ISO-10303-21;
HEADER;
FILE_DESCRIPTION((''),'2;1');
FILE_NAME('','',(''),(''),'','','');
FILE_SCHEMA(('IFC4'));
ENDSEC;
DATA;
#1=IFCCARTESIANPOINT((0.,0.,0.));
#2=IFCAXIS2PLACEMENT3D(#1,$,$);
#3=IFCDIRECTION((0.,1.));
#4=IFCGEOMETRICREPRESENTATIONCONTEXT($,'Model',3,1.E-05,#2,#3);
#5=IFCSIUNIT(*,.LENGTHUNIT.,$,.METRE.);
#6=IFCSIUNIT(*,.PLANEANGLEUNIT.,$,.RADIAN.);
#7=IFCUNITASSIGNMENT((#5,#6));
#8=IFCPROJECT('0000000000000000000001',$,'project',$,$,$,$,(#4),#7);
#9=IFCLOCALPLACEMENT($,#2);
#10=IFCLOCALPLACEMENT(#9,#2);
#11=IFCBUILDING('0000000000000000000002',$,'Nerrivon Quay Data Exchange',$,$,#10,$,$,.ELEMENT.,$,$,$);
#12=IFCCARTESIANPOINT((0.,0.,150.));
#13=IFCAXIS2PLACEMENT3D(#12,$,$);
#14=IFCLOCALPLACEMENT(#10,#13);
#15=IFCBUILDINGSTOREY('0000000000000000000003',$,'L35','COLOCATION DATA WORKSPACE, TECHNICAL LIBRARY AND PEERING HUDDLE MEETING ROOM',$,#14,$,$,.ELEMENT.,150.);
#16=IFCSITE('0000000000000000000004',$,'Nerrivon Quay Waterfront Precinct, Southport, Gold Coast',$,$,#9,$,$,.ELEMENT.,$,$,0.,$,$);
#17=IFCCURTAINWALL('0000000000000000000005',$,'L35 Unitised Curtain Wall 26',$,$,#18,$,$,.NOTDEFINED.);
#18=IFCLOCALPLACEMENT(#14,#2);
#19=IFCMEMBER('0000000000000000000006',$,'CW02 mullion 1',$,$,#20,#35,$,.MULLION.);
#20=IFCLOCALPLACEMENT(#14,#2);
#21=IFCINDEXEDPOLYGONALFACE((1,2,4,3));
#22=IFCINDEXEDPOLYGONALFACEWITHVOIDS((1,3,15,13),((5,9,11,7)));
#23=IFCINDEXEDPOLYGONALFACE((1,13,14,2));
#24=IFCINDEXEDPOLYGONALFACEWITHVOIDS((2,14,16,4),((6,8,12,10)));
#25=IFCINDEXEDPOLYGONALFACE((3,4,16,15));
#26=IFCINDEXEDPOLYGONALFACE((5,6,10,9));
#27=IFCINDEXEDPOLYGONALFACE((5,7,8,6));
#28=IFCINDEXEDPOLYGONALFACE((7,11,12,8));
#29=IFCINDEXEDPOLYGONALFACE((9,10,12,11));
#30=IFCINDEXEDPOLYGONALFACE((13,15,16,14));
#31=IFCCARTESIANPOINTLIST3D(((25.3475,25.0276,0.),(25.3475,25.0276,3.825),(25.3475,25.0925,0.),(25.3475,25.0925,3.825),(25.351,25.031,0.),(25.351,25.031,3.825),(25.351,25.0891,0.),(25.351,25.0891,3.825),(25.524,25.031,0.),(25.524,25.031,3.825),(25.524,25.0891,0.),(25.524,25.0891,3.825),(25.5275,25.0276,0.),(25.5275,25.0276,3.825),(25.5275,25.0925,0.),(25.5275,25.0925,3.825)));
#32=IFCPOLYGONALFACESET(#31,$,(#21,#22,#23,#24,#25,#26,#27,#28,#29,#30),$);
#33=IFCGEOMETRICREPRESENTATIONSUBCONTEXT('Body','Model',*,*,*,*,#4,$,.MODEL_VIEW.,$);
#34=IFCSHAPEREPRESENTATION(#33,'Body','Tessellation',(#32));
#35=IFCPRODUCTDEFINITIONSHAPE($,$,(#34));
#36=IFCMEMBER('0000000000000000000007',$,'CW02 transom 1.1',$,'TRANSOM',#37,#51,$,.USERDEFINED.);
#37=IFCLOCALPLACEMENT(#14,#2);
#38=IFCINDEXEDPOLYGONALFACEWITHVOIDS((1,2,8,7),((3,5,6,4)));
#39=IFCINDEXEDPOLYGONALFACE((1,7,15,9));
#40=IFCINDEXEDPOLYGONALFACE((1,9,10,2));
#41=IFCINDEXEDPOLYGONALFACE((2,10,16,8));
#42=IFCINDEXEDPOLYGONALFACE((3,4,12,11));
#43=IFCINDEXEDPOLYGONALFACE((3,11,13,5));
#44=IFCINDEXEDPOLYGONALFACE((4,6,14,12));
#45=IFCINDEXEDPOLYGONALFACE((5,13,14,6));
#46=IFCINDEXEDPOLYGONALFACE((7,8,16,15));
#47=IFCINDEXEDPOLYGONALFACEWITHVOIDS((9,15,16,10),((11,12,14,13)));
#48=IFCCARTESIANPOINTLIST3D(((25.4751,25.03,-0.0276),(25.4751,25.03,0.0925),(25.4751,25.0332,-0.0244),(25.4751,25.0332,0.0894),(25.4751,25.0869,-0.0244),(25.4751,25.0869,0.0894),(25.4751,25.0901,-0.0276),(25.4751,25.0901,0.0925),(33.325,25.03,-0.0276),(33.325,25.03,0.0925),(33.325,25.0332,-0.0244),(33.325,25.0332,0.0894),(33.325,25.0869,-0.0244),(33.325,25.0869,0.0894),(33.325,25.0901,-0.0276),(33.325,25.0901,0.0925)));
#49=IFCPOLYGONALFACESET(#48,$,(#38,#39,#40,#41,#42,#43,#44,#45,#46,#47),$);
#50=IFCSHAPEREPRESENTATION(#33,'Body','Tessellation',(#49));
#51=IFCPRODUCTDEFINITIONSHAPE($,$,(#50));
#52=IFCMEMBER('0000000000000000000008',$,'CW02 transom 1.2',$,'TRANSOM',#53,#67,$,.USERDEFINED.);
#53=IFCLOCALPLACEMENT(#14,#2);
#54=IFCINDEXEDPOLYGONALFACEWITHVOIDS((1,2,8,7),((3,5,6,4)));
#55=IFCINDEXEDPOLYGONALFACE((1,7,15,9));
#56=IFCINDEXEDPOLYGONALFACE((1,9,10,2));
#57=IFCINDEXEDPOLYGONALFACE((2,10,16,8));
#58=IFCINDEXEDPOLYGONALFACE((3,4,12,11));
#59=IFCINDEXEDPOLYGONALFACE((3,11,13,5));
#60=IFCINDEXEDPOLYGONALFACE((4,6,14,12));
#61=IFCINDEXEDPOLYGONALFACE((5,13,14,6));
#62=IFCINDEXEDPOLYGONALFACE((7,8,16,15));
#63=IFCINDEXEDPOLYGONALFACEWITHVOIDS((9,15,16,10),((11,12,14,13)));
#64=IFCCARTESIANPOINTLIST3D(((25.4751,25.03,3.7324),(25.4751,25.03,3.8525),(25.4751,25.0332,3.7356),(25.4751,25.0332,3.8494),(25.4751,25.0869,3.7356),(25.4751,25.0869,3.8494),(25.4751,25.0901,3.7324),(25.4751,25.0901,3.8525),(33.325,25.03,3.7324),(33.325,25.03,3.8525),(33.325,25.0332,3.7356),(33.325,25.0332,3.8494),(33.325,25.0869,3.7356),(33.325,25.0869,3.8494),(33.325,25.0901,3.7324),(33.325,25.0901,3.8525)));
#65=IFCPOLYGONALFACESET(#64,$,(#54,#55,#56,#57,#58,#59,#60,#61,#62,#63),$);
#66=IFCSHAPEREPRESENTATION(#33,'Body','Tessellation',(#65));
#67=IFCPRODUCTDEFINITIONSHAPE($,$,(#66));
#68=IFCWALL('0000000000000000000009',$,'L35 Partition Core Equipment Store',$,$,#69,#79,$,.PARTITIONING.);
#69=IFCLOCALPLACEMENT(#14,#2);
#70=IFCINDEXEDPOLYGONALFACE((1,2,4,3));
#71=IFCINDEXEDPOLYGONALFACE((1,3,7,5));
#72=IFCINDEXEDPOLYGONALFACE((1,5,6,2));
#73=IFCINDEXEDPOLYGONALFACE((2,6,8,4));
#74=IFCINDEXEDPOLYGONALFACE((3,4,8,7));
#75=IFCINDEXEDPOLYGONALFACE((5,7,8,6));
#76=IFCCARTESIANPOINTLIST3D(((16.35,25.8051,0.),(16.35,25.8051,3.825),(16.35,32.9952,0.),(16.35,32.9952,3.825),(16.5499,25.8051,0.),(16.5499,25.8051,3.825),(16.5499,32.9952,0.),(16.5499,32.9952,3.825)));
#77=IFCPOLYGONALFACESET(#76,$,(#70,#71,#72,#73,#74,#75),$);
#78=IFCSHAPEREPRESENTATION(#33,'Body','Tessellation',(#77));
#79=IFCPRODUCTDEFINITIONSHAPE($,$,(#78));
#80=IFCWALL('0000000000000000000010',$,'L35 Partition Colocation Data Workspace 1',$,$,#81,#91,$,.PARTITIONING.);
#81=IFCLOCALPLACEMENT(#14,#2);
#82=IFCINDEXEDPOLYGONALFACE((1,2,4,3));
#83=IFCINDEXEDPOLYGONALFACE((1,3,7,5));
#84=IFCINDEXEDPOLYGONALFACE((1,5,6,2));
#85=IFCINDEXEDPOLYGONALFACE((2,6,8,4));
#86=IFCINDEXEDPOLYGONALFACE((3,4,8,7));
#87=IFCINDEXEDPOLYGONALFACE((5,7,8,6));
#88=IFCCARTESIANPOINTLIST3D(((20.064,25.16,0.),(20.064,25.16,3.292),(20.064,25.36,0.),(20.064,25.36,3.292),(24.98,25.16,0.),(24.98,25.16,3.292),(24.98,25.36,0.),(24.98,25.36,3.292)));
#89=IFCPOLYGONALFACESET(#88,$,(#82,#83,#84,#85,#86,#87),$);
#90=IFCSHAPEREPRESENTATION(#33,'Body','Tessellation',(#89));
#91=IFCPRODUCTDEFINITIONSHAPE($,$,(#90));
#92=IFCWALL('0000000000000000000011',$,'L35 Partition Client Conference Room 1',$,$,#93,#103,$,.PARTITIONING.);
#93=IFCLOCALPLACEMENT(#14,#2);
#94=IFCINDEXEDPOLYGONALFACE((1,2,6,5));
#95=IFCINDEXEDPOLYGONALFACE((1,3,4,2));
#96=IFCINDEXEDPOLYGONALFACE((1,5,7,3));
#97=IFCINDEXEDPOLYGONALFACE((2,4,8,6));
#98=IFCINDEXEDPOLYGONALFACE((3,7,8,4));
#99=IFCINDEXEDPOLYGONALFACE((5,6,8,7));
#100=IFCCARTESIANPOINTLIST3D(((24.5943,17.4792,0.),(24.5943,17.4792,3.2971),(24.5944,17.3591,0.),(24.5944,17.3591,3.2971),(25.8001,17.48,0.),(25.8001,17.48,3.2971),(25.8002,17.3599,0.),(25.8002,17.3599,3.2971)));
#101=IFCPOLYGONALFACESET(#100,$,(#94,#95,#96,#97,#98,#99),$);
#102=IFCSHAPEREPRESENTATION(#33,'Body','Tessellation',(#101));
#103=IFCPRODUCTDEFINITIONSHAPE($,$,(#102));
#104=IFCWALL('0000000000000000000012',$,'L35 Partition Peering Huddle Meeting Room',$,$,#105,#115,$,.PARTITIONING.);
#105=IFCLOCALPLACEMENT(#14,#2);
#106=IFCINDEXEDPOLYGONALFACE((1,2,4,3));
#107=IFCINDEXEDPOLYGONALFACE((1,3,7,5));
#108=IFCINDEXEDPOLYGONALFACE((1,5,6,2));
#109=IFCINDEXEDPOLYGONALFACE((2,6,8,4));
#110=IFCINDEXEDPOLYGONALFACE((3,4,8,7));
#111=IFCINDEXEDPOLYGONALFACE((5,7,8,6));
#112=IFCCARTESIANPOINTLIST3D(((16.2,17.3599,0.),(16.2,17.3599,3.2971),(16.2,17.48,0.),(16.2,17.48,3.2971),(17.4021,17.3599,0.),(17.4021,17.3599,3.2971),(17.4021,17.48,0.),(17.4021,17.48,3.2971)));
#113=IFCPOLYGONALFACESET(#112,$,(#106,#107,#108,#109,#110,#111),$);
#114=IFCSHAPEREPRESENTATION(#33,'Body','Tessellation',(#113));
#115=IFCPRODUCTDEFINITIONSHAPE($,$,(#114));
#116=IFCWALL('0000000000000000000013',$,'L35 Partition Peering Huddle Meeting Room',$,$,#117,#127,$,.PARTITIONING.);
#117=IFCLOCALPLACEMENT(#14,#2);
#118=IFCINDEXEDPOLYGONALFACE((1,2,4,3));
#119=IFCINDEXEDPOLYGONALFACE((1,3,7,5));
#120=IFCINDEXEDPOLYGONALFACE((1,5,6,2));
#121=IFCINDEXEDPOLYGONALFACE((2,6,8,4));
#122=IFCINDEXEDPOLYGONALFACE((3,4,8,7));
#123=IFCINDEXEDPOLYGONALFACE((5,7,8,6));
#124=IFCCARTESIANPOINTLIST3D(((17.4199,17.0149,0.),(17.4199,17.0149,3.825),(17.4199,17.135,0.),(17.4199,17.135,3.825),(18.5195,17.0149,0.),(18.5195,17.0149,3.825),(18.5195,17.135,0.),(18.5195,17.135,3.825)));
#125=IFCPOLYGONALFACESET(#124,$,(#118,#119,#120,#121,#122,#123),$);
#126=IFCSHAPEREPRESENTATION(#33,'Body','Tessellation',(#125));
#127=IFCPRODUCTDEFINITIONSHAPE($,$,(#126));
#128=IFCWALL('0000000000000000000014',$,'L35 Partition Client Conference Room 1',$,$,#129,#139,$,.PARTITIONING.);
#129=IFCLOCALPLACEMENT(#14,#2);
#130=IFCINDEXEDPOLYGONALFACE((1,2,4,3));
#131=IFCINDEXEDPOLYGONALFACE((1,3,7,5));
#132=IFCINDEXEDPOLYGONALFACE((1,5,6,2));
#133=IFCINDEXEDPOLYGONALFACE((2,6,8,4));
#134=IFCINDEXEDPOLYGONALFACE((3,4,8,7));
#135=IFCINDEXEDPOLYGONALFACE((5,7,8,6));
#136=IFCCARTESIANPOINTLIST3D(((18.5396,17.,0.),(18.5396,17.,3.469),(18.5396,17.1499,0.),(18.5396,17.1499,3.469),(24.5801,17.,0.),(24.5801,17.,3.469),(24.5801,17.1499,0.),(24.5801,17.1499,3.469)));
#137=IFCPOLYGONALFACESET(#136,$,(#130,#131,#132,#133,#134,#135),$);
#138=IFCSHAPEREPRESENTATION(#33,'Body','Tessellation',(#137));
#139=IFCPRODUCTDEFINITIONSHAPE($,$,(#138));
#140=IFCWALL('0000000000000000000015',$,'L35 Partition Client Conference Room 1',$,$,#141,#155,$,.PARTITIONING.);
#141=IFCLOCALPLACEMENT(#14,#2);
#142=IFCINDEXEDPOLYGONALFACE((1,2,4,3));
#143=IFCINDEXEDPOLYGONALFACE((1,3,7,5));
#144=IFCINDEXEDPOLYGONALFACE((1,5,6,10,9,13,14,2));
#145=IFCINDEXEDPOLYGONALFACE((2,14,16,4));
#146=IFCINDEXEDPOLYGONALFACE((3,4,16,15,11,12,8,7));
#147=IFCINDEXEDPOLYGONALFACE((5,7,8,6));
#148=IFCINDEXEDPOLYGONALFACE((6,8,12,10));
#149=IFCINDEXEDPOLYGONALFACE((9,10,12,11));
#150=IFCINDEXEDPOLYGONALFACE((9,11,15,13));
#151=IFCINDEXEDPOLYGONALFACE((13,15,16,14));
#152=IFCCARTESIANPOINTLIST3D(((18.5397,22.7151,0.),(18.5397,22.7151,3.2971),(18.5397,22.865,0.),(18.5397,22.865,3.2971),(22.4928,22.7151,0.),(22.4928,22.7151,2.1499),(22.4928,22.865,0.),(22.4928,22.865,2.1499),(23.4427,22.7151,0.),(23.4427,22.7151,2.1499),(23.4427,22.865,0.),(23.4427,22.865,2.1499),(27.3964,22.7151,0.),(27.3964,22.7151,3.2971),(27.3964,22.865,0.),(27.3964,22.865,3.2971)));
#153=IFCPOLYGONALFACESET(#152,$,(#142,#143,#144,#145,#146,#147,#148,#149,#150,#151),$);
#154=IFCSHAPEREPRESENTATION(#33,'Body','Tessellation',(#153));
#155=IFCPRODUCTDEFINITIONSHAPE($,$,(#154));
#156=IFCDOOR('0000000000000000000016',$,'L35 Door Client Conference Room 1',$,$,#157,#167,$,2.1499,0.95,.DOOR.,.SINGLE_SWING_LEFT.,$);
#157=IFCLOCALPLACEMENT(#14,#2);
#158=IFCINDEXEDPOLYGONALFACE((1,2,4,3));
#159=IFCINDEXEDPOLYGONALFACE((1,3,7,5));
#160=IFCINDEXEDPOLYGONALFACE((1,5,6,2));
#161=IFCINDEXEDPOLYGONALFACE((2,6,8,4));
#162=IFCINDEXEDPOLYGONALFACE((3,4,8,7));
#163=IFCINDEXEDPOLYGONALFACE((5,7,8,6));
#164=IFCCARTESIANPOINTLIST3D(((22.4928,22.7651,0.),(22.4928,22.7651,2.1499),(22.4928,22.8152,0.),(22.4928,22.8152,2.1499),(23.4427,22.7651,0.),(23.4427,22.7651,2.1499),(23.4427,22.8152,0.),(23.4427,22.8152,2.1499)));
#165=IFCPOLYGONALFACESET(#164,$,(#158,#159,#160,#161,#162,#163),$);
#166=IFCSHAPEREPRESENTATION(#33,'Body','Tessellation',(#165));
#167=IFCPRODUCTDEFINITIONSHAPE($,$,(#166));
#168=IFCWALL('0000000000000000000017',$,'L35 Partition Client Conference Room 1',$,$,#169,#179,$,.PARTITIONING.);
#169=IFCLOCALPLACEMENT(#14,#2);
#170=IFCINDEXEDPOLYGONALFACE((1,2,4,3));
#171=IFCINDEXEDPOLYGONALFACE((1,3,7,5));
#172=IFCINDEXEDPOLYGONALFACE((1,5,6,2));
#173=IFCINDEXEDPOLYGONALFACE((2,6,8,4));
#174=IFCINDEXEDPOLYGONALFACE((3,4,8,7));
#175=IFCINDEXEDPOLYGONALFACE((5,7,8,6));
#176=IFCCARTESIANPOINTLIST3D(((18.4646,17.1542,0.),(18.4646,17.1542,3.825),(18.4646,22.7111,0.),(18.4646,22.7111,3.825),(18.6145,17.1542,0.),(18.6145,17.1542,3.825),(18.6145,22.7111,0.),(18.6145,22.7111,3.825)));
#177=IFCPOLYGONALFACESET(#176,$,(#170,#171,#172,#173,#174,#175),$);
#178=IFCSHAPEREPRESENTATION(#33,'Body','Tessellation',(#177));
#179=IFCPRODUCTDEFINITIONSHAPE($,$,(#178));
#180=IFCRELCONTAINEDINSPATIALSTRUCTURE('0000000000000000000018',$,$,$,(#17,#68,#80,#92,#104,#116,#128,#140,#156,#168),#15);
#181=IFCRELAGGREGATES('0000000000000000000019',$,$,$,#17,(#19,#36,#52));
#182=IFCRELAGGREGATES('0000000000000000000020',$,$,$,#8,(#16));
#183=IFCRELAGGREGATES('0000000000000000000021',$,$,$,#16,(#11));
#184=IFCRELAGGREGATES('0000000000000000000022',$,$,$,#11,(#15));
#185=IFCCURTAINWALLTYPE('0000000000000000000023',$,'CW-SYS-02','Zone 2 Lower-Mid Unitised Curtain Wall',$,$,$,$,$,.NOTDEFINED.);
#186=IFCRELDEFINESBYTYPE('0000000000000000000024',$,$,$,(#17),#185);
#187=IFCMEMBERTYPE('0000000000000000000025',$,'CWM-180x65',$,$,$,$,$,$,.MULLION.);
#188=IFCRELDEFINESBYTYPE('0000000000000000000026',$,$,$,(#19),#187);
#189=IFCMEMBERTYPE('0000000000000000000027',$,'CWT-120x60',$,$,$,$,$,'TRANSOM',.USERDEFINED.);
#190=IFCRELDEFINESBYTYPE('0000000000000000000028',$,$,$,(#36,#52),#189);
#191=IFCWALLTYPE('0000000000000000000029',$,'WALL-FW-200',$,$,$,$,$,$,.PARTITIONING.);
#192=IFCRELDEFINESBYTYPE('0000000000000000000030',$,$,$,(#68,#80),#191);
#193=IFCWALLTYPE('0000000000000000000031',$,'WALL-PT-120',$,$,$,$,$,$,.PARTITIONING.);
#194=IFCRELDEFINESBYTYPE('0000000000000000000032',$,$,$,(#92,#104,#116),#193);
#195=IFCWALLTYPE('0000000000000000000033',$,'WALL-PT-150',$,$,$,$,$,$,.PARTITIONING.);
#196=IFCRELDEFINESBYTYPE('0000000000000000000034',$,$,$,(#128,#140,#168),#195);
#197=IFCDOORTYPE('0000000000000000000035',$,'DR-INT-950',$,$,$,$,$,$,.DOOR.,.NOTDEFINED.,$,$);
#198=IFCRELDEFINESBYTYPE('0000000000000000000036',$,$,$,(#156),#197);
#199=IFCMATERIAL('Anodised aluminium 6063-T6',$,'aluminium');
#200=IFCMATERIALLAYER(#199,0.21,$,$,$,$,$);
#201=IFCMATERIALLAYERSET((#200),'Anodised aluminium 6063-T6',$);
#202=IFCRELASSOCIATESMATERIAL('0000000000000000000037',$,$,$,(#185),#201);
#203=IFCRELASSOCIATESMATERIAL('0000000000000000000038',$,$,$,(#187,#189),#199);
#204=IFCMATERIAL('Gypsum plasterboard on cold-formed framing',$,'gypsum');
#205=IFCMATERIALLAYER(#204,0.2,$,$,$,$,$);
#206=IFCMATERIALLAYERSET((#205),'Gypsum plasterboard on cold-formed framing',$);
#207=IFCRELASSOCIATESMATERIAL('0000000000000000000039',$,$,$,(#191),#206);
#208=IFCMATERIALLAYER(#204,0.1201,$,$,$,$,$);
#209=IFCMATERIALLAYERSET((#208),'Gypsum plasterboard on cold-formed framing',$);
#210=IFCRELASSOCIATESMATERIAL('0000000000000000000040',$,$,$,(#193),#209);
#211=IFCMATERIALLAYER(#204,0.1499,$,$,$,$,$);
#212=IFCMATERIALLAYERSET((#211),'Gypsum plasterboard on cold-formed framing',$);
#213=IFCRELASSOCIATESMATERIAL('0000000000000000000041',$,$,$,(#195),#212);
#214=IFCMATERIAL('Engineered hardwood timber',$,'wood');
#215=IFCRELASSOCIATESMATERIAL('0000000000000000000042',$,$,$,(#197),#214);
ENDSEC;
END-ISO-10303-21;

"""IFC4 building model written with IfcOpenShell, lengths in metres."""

from ifc_helpers import new_model, si_unit, direction, frame, frame_2d, origin, origin_2d, place, context, subcontext, project, spatial, rectangle, hollow_rectangle, extrude, material, layer, layer_set, material_profile, profile_set, type_object, element, fill, aggregate, save


model = new_model("IFC4")

# Units and contexts
model_context = context("Model", 3, precision=1e-05, world=origin(), true_north=direction((0.0, 1.0)))
body_context = subcontext(model_context, "Body", "Model", "MODEL_VIEW")
ifc_project = project(units=[si_unit("LENGTHUNIT", "METRE"), si_unit("PLANEANGLEUNIT", "RADIAN")], contexts=[model_context])

# Site, building, storey
site_placement = place(None, origin())
site = spatial("IfcSite", under=ifc_project, at=site_placement, Name="Nerrivon Quay Waterfront Precinct, Southport, Gold Coast", CompositionType="ELEMENT", RefElevation=0.0)
building_placement = place(site_placement, origin())
building = spatial("IfcBuilding", under=site, at=building_placement, Name="Nerrivon Quay Data Exchange", CompositionType="ELEMENT")
storey_placement = place(building_placement, frame((0.0, 0.0, 150.0)))
storey = spatial("IfcBuildingStorey", under=building, at=storey_placement, Name="L35", Description="COLOCATION DATA WORKSPACE, TECHNICAL LIBRARY AND PEERING HUDDLE MEETING ROOM", CompositionType="ELEMENT", Elevation=150.0)

# Curtain wall, members
ifc_material_1 = material(Name="Anodised aluminium 6063-T6", Category="aluminium")
ifc_layer_1 = layer(ifc_material_1, 0.21)
ifc_layer_set_1 = layer_set([ifc_layer_1], Name="Anodised aluminium 6063-T6")
curtain_wall_type = type_object("IfcCurtainWallType", Name="CW-SYS-02", Description="Zone 2 Lower-Mid Unitised Curtain Wall", PredefinedType="NOTDEFINED", material=ifc_layer_set_1)
curtain_wall_placement = place(storey_placement, origin())
curtain_wall = element("IfcCurtainWall", 1, at=curtain_wall_placement, inside=storey, type_object=curtain_wall_type, Name="L35 Unitised Curtain Wall 26", PredefinedType="NOTDEFINED")
ifc_material_profile_1 = material_profile(ifc_material_1, hollow_rectangle(XDim=0.0649, YDim=0.1799, WallThickness=0.0034, at=origin_2d()), Name="ALU-MULL-180x65")
ifc_profile_set_1 = profile_set([ifc_material_profile_1], Name="Anodised aluminium 6063-T6")
member_type_1 = type_object("IfcMemberType", Name="CWM-180x65", PredefinedType="MULLION", material=ifc_profile_set_1)
member_1_placement = place(storey_placement, frame((25.4375, 25.0601, 0.0), z_axis=(0.0, 0.0, 1.0), x_axis=(0.0, 1.0, 0.0)))
member_1 = element("IfcMember", 2, at=member_1_placement, type_object=member_type_1, Name="CW02 mullion 1", PredefinedType="MULLION", context=body_context, shape_type="SweptSolid", body=[
    extrude(hollow_rectangle(XDim=0.0649, YDim=0.1799, WallThickness=0.0034, at=origin_2d()), origin(), (0.0, 0.0, 1.0), 3.825),
])
ifc_material_profile_2 = material_profile(ifc_material_1, hollow_rectangle(XDim=0.0601, YDim=0.1201, WallThickness=0.0032, at=origin_2d()), Name="ALU-TRAN-120x60")
ifc_profile_set_2 = profile_set([ifc_material_profile_2], Name="Anodised aluminium 6063-T6")
member_type_2 = type_object("IfcMemberType", Name="CWT-120x60", ElementType="TRANSOM", PredefinedType="USERDEFINED", material=ifc_profile_set_2)
member_2_placement = place(storey_placement, frame((25.4751, 25.0601, 0.0325), z_axis=(1.0, 0.0, 0.0), x_axis=(0.0, 1.0, 0.0)))
member_2 = element("IfcMember", 3, at=member_2_placement, type_object=member_type_2, Name="CW02 transom 1.1", ObjectType="TRANSOM", PredefinedType="USERDEFINED", context=body_context, shape_type="SweptSolid", body=[
    extrude(hollow_rectangle(XDim=0.0601, YDim=0.1201, WallThickness=0.0032, at=origin_2d()), origin(), (0.0, 0.0, 1.0), 7.8499),
])
member_3_placement = place(storey_placement, frame((25.4751, 25.0601, 3.7925), z_axis=(1.0, 0.0, 0.0), x_axis=(0.0, 1.0, 0.0)))
member_3 = element("IfcMember", 4, at=member_3_placement, type_object=member_type_2, Name="CW02 transom 1.2", ObjectType="TRANSOM", PredefinedType="USERDEFINED", context=body_context, shape_type="SweptSolid", body=[
    extrude(hollow_rectangle(XDim=0.0601, YDim=0.1201, WallThickness=0.0032, at=origin_2d()), origin(), (0.0, 0.0, 1.0), 7.8499),
])
aggregate(curtain_wall, [member_1, member_2, member_3])

# Walls
ifc_material_2 = material(Name="Gypsum plasterboard on cold-formed framing", Category="gypsum")
ifc_layer_2 = layer(ifc_material_2, 0.2)
ifc_layer_set_2 = layer_set([ifc_layer_2], Name="Gypsum plasterboard on cold-formed framing")
wall_type_1 = type_object("IfcWallType", Name="WALL-FW-200", PredefinedType="PARTITIONING", material=ifc_layer_set_2)
wall_1_placement = place(storey_placement, frame((16.45, 25.8049, 0.0), z_axis=(0.0, 0.0, 1.0), x_axis=(0.0, 1.0, 0.0)))
element("IfcWall", 5, at=wall_1_placement, inside=storey, type_object=wall_type_1, Name="L35 Partition Core Equipment Store", PredefinedType="PARTITIONING", context=body_context, shape_type="SweptSolid", body=[
    extrude(rectangle(XDim=7.1902, YDim=0.2, at=frame_2d((3.5952, 0.0))), origin(), (0.0, 0.0, 1.0), 3.825),
])
wall_2_placement = place(storey_placement, frame((20.064, 25.26, 0.0), z_axis=(0.0, 0.0, 1.0), x_axis=(1.0, 0.0, 0.0)))
element("IfcWall", 6, at=wall_2_placement, inside=storey, type_object=wall_type_1, Name="L35 Partition Colocation Data Workspace 1", PredefinedType="PARTITIONING", context=body_context, shape_type="SweptSolid", body=[
    extrude(rectangle(XDim=4.916, YDim=0.2, at=frame_2d((2.458, 0.0))), origin(), (0.0, 0.0, 1.0), 3.292),
])
ifc_layer_3 = layer(ifc_material_2, 0.1201)
ifc_layer_set_3 = layer_set([ifc_layer_3], Name="Gypsum plasterboard on cold-formed framing")
wall_type_2 = type_object("IfcWallType", Name="WALL-PT-120", PredefinedType="PARTITIONING", material=ifc_layer_set_3)
wall_3_placement = place(storey_placement, frame((24.5942, 17.4192, 0.0), z_axis=(0.0, 0.0, 1.0), x_axis=(1.0, 0.000607, 0.0)))
element("IfcWall", 7, at=wall_3_placement, inside=storey, type_object=wall_type_2, Name="L35 Partition Client Conference Room 1", PredefinedType="PARTITIONING", context=body_context, shape_type="SweptSolid", body=[
    extrude(rectangle(XDim=1.2058, YDim=0.1201, at=frame_2d((0.603, 0.0))), origin(), (0.0, 0.0, 1.0), 3.2971),
])
wall_4_placement = place(storey_placement, frame((16.2, 17.4199, 0.0), z_axis=(0.0, 0.0, 1.0), x_axis=(1.0, 0.0, 0.0)))
element("IfcWall", 8, at=wall_4_placement, inside=storey, type_object=wall_type_2, Name="L35 Partition Peering Huddle Meeting Room", PredefinedType="PARTITIONING", context=body_context, shape_type="SweptSolid", body=[
    extrude(rectangle(XDim=1.2021, YDim=0.1201, at=frame_2d((0.6011, 0.0))), origin(), (0.0, 0.0, 1.0), 3.2971),
])
wall_5_placement = place(storey_placement, frame((17.4199, 17.075, 0.0), z_axis=(0.0, 0.0, 1.0), x_axis=(1.0, 0.0, 0.0)))
element("IfcWall", 9, at=wall_5_placement, inside=storey, type_object=wall_type_2, Name="L35 Partition Peering Huddle Meeting Room", PredefinedType="PARTITIONING", context=body_context, shape_type="SweptSolid", body=[
    extrude(rectangle(XDim=1.0996, YDim=0.1201, at=frame_2d((0.5498, 0.0))), origin(), (0.0, 0.0, 1.0), 3.825),
])
ifc_layer_4 = layer(ifc_material_2, 0.1499)
ifc_layer_set_4 = layer_set([ifc_layer_4], Name="Gypsum plasterboard on cold-formed framing")
wall_type_3 = type_object("IfcWallType", Name="WALL-PT-150", PredefinedType="PARTITIONING", material=ifc_layer_set_4)
wall_6_placement = place(storey_placement, frame((18.5396, 17.075, 0.0), z_axis=(0.0, 0.0, 1.0), x_axis=(1.0, 0.0, 0.0)))
element("IfcWall", 10, at=wall_6_placement, inside=storey, type_object=wall_type_3, Name="L35 Partition Client Conference Room 1", PredefinedType="PARTITIONING", context=body_context, shape_type="SweptSolid", body=[
    extrude(rectangle(XDim=6.0405, YDim=0.1499, at=frame_2d((3.0203, 0.0))), origin(), (0.0, 0.0, 1.0), 3.469),
])

# Wall, opening, door
wall_7_placement = place(storey_placement, frame((27.3962, 22.79, 0.0), z_axis=(0.0, 0.0, 1.0), x_axis=(-1.0, 0.0, 0.0)))
wall_7 = element("IfcWall", 11, at=wall_7_placement, inside=storey, type_object=wall_type_3, Name="L35 Partition Client Conference Room 1", PredefinedType="PARTITIONING", context=body_context, shape_type="SweptSolid", body=[
    extrude(rectangle(XDim=8.8567, YDim=0.1499, at=frame_2d((4.4282, 0.0))), origin(), (0.0, 0.0, 1.0), 3.2971),
])
opening_placement = place(wall_7_placement, frame((3.9534, 0.0, 0.0)))
opening = element("IfcOpeningElement", 12, at=opening_placement, cuts=wall_7, PredefinedType="OPENING", context=body_context, shape_type="SweptSolid", body=[
    extrude(rectangle(XDim=0.95, YDim=2.1499, at=frame_2d((0.4751, 1.075))), frame((0.0, 0.085, 0.0), z_axis=(0.0, -1.0, 0.0), x_axis=(1.0, 0.0, 0.0)), (0.0, 0.0, 1.0), 0.1699),
])
ifc_material_3 = material(Name="Engineered hardwood timber", Category="wood")
door_type = type_object("IfcDoorType", Name="DR-INT-950", OperationType="NOTDEFINED", PredefinedType="DOOR", material=ifc_material_3)
door_placement = place(opening_placement, origin())
door = element("IfcDoor", 13, at=door_placement, inside=storey, type_object=door_type, Name="L35 Door Client Conference Room 1", OperationType="SINGLE_SWING_LEFT", OverallHeight=2.1499, OverallWidth=0.95, PredefinedType="DOOR", context=body_context, shape_type="SweptSolid", body=[
    extrude(rectangle(XDim=0.95, YDim=2.1499, at=frame_2d((0.4751, 1.075))), frame((0.0, 0.0249, 0.0), z_axis=(0.0, -1.0, 0.0), x_axis=(1.0, 0.0, 0.0)), (0.0, 0.0, 1.0), 0.05),
])
fill(opening, door)

# Wall
wall_8_placement = place(storey_placement, frame((18.5396, 22.7109, 0.0), z_axis=(0.0, 0.0, 1.0), x_axis=(0.0, -1.0, 0.0)))
element("IfcWall", 14, at=wall_8_placement, inside=storey, type_object=wall_type_3, Name="L35 Partition Client Conference Room 1", PredefinedType="PARTITIONING", context=body_context, shape_type="SweptSolid", body=[
    extrude(rectangle(XDim=5.5569, YDim=0.1499, at=frame_2d((2.7783, 0.0))), origin(), (0.0, 0.0, 1.0), 3.825),
])

save(model, "model.ifc")
